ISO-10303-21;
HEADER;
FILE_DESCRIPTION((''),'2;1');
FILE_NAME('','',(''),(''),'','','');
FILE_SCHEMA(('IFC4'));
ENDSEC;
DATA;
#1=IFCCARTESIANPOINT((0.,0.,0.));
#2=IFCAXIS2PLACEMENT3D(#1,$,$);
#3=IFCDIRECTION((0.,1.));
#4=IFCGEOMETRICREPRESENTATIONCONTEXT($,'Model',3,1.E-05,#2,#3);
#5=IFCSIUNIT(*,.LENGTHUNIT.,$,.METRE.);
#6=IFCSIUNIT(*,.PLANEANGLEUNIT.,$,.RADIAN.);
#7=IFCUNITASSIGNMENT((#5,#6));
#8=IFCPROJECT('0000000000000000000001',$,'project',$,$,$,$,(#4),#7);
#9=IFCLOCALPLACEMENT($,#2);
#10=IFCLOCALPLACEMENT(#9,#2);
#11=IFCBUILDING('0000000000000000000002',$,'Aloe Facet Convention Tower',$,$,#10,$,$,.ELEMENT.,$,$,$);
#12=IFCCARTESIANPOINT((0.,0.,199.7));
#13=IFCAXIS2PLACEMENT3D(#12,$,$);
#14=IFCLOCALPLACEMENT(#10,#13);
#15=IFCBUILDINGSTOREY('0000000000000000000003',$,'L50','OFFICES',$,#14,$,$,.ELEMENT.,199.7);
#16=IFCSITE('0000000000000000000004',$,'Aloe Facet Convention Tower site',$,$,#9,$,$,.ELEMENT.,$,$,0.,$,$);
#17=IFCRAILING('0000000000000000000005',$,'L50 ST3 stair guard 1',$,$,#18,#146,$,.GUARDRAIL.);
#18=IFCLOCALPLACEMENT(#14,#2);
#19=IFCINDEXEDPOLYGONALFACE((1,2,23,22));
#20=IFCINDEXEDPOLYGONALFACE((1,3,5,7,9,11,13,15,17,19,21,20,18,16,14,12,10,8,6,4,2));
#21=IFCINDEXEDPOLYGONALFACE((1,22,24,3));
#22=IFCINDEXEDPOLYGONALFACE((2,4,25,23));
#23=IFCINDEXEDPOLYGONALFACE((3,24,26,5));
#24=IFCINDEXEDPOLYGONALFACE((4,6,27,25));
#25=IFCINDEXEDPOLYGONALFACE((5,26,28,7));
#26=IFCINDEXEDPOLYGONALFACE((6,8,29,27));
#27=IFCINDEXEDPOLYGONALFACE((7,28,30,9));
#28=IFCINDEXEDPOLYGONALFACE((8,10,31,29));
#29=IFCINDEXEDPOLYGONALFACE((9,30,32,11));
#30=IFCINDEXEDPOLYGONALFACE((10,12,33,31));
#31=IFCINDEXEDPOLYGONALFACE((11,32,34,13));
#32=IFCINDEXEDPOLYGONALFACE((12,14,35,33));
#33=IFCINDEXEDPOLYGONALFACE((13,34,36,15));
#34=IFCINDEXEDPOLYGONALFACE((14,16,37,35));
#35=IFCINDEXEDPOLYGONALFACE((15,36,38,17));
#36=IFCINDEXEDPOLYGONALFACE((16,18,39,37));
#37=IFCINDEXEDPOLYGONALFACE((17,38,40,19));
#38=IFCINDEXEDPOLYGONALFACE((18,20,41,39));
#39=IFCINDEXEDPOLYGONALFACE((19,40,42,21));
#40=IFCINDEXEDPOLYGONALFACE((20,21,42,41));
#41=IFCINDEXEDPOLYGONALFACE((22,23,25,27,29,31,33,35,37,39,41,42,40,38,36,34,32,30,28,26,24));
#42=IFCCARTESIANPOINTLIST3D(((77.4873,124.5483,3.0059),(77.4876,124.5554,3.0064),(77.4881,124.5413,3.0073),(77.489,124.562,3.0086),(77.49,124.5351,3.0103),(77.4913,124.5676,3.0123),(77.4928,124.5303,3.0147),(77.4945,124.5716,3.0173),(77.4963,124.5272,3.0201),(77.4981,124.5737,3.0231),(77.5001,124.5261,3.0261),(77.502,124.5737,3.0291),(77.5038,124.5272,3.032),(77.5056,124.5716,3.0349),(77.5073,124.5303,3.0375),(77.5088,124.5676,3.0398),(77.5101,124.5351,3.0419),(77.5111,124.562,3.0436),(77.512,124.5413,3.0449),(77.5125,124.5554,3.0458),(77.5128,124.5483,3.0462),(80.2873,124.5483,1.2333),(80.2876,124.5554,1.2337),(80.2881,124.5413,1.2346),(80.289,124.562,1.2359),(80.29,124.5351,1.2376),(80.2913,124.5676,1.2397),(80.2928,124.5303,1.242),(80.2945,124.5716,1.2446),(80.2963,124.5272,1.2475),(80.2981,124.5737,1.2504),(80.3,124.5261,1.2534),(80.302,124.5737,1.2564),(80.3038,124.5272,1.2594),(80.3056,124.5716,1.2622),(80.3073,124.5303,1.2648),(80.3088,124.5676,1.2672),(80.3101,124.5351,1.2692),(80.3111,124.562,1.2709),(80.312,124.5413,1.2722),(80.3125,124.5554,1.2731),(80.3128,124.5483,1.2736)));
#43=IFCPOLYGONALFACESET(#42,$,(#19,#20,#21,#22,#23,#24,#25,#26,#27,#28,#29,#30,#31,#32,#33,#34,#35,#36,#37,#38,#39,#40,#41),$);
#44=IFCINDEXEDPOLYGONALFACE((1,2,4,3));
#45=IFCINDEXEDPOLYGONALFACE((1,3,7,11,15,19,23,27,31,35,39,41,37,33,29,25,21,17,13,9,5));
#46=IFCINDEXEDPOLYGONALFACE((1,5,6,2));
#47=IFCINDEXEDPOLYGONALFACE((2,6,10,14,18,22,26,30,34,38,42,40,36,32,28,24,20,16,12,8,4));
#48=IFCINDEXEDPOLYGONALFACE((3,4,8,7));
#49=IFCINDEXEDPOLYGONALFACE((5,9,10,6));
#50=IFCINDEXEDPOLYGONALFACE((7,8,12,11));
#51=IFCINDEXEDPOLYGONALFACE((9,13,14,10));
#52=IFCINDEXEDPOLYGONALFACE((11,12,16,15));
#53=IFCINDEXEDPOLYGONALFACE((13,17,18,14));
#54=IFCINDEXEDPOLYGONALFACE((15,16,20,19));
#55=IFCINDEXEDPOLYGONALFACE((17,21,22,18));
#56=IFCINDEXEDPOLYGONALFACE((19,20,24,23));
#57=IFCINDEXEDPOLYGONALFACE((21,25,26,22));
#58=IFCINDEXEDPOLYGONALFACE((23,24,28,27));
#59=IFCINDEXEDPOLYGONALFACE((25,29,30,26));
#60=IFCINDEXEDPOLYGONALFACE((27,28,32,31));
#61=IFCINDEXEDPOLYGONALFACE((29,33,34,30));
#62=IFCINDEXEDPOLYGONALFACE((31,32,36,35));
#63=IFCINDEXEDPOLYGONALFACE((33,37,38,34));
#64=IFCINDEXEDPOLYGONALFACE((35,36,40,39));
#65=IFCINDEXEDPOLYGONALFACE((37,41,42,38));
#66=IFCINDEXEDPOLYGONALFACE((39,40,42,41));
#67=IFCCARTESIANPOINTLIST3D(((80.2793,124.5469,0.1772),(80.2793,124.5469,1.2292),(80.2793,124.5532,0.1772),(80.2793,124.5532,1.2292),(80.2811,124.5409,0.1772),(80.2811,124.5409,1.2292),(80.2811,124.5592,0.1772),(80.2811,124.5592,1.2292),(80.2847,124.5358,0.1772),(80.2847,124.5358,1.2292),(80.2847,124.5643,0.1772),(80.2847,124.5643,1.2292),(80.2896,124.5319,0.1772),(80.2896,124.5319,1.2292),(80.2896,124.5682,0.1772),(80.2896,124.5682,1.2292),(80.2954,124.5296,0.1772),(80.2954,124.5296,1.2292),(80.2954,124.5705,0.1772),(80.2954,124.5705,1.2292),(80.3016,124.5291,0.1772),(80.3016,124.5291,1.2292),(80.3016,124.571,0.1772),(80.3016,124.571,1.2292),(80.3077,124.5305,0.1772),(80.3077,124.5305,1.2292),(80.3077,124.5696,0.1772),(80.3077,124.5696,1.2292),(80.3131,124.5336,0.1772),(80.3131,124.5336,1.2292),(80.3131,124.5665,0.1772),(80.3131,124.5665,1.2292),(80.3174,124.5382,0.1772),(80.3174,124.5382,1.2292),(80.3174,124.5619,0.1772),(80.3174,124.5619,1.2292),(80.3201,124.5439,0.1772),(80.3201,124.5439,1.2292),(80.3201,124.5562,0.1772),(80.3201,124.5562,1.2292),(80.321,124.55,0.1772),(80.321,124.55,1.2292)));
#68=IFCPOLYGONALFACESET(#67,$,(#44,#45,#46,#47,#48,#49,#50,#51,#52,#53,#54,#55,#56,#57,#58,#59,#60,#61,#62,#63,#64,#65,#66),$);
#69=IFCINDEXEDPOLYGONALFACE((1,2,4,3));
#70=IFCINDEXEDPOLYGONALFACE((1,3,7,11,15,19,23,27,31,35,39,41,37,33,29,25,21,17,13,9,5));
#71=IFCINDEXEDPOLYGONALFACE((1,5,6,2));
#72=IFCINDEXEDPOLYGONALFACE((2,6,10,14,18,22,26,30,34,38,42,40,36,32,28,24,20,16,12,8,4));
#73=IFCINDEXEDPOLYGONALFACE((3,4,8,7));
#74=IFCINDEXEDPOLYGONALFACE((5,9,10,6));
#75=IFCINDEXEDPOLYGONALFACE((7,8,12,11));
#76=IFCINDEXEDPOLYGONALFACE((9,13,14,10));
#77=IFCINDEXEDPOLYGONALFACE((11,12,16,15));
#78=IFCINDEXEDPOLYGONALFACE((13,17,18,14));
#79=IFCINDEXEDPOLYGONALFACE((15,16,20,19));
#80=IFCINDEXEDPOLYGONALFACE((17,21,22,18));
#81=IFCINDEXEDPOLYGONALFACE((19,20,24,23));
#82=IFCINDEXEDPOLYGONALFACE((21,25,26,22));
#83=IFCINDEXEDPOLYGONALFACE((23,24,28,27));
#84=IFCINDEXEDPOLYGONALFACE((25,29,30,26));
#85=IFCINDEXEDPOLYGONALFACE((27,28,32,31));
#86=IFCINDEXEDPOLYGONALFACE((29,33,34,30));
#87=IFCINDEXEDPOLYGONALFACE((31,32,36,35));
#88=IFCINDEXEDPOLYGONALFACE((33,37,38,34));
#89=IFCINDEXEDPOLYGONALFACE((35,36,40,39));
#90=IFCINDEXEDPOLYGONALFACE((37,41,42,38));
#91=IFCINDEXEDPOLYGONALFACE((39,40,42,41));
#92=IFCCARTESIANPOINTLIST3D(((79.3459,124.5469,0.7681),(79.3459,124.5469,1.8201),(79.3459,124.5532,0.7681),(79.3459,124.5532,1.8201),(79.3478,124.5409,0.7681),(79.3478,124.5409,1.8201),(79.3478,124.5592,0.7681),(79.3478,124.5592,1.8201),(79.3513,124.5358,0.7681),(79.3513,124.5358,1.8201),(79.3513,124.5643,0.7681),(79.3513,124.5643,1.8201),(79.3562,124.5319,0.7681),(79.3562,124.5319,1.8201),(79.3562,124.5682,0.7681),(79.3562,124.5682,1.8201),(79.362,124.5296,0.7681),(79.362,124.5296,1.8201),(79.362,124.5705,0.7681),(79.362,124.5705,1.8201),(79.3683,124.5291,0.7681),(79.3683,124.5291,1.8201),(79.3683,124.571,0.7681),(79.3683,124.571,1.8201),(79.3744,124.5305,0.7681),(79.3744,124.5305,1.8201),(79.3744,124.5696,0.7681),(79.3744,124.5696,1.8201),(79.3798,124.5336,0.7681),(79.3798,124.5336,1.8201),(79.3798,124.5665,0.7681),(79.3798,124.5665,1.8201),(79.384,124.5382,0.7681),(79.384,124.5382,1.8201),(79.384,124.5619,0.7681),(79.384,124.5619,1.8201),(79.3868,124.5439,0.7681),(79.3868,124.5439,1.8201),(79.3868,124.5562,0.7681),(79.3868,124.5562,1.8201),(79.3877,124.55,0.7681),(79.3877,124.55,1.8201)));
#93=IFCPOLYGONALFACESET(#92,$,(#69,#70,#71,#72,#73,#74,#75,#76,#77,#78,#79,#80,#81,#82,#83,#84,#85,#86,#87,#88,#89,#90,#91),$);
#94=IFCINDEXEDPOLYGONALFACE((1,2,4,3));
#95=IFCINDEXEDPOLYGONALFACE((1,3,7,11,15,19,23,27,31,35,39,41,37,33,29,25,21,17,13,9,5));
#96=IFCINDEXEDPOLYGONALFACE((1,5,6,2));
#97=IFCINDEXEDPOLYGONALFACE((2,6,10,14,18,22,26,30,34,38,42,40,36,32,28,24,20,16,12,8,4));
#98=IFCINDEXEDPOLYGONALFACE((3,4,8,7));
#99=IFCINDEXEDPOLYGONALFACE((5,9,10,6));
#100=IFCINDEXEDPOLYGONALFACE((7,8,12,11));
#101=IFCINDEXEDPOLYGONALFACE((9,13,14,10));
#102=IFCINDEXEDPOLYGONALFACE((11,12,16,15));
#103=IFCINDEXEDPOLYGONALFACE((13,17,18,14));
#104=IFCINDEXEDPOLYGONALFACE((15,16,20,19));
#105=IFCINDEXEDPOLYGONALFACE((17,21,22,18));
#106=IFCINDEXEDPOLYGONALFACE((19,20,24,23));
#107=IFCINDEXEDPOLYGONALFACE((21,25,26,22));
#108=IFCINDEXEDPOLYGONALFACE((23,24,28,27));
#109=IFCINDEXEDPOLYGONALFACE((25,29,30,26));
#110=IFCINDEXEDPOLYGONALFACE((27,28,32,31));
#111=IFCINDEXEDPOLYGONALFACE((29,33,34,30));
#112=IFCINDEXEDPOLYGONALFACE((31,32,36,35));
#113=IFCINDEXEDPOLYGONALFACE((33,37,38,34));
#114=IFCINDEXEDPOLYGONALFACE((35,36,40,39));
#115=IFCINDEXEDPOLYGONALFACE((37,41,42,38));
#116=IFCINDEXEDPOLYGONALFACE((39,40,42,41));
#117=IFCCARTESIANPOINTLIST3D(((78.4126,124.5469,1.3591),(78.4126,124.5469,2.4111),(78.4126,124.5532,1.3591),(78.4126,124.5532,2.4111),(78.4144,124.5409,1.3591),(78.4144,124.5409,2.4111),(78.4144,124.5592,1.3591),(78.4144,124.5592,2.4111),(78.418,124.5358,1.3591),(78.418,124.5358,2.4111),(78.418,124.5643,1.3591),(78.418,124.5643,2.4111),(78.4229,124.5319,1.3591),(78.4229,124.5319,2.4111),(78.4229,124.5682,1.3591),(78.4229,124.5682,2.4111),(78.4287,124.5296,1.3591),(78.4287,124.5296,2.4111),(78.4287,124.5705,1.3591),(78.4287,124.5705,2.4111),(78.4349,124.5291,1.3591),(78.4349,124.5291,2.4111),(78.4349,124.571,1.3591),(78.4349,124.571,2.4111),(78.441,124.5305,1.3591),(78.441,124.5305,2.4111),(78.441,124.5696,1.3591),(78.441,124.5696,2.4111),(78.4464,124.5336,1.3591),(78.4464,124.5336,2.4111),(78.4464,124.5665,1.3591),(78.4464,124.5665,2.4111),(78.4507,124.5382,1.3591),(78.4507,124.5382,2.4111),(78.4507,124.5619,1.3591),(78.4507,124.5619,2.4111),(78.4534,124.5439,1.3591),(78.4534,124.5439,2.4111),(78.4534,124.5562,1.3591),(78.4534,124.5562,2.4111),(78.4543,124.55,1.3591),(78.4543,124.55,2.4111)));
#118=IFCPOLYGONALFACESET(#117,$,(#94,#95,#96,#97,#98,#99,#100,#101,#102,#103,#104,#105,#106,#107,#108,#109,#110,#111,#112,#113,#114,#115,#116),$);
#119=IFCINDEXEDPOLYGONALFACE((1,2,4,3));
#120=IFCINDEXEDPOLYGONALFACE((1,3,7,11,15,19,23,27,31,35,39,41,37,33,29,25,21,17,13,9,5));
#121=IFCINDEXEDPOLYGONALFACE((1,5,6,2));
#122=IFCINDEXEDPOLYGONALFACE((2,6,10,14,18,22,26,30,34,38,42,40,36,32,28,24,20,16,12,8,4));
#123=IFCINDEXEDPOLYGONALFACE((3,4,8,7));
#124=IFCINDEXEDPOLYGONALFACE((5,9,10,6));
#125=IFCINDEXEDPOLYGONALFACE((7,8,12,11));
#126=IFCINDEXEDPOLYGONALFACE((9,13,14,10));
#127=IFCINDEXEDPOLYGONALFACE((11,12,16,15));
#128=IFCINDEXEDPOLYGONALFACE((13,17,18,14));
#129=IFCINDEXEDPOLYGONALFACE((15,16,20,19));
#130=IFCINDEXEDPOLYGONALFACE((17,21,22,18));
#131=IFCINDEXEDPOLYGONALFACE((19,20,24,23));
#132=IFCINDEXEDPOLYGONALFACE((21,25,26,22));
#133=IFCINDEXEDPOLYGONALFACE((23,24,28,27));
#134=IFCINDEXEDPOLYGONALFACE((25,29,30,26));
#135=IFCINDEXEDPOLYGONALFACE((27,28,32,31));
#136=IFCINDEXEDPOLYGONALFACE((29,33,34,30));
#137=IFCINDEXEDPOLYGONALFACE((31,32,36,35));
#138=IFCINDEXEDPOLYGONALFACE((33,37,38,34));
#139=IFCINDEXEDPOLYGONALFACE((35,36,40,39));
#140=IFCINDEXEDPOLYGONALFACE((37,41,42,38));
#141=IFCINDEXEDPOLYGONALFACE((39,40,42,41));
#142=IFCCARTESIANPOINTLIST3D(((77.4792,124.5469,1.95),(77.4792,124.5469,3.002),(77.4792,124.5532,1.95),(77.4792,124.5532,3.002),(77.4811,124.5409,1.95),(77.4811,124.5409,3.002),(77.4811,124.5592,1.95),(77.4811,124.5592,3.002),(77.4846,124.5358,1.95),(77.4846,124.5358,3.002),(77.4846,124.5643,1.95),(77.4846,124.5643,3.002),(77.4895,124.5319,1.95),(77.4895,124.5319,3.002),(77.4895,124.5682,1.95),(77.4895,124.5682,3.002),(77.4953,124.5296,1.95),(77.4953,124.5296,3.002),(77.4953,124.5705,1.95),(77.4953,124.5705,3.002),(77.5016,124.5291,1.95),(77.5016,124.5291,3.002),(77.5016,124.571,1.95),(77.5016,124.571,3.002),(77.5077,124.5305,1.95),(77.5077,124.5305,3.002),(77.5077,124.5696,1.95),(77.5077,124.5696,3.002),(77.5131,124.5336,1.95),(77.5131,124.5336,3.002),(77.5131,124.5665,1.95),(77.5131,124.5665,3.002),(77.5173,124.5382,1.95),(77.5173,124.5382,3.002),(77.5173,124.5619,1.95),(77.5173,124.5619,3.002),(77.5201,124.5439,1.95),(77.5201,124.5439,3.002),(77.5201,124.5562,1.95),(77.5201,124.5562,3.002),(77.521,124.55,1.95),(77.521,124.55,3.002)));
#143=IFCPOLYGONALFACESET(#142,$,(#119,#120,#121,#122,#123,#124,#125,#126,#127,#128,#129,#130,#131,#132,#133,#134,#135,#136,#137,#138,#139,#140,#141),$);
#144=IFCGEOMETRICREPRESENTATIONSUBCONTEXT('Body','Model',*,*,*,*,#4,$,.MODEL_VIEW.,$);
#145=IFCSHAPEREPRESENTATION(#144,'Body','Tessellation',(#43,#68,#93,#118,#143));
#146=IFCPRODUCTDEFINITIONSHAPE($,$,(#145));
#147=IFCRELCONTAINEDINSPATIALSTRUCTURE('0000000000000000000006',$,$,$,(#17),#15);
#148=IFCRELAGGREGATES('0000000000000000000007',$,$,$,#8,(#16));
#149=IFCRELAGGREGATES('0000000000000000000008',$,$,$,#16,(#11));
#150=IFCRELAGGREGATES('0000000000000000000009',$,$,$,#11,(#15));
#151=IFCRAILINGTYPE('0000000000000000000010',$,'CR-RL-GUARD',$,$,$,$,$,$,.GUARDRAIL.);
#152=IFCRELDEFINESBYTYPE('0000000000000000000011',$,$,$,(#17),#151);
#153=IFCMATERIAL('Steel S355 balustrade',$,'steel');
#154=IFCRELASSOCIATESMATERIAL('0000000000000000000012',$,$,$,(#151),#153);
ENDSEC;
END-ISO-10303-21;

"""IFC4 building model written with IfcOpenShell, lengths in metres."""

from ifc_helpers import new_model, si_unit, direction, frame, origin, origin_2d, place, context, subcontext, project, spatial, circle, extrude, material, type_object, element, save


model = new_model("IFC4")

# Units and contexts
model_context = context("Model", 3, precision=1e-05, world=origin(), true_north=direction((0.0, 1.0)))
body_context = subcontext(model_context, "Body", "Model", "MODEL_VIEW")
ifc_project = project(units=[si_unit("LENGTHUNIT", "METRE"), si_unit("PLANEANGLEUNIT", "RADIAN")], contexts=[model_context])

# Site, building, storey
site_placement = place(None, origin())
site = spatial("IfcSite", under=ifc_project, at=site_placement, Name="Aloe Facet Convention Tower site", CompositionType="ELEMENT", RefElevation=0.0)
building_placement = place(site_placement, origin())
building = spatial("IfcBuilding", under=site, at=building_placement, Name="Aloe Facet Convention Tower", CompositionType="ELEMENT")
storey_placement = place(building_placement, frame((0.0, 0.0, 199.7)))
storey = spatial("IfcBuildingStorey", under=building, at=storey_placement, Name="L50", Description="OFFICES", CompositionType="ELEMENT", Elevation=199.7)

# Railing
ifc_material_1 = material(Name="Steel S355 balustrade", Category="steel")
railing_type_1 = type_object("IfcRailingType", Name="CR-RL-GUARD", PredefinedType="GUARDRAIL", material=ifc_material_1)
railing_1_placement = place(storey_placement, frame((80.3, 124.55, 0.1772)))
element("IfcRailing", 1, at=railing_1_placement, inside=storey, type_object=railing_type_1, Name="L50 ST3 stair guard 1", PredefinedType="GUARDRAIL", context=body_context, shape_type="SweptSolid", body=[
    extrude(circle(Radius=0.0239, at=origin_2d()), frame((0.0, 0.0, 1.0762), z_axis=(-0.844909, 0.0, 0.53491), x_axis=(0.0, -1.0, 0.0)), (0.0, 0.0, 1.0), 3.314),
    extrude(circle(Radius=0.021, at=origin_2d()), origin(), (0.0, 0.0, 1.0), 1.052),
    extrude(circle(Radius=0.021, at=origin_2d()), frame((-0.9333, 0.0, 0.5908)), (0.0, 0.0, 1.0), 1.052),
    extrude(circle(Radius=0.021, at=origin_2d()), frame((-1.8667, 0.0, 1.1819)), (0.0, 0.0, 1.0), 1.052),
    extrude(circle(Radius=0.021, at=origin_2d()), frame((-2.8, 0.0, 1.7727)), (0.0, 0.0, 1.0), 1.052),
])

save(model, "model.ifc")
